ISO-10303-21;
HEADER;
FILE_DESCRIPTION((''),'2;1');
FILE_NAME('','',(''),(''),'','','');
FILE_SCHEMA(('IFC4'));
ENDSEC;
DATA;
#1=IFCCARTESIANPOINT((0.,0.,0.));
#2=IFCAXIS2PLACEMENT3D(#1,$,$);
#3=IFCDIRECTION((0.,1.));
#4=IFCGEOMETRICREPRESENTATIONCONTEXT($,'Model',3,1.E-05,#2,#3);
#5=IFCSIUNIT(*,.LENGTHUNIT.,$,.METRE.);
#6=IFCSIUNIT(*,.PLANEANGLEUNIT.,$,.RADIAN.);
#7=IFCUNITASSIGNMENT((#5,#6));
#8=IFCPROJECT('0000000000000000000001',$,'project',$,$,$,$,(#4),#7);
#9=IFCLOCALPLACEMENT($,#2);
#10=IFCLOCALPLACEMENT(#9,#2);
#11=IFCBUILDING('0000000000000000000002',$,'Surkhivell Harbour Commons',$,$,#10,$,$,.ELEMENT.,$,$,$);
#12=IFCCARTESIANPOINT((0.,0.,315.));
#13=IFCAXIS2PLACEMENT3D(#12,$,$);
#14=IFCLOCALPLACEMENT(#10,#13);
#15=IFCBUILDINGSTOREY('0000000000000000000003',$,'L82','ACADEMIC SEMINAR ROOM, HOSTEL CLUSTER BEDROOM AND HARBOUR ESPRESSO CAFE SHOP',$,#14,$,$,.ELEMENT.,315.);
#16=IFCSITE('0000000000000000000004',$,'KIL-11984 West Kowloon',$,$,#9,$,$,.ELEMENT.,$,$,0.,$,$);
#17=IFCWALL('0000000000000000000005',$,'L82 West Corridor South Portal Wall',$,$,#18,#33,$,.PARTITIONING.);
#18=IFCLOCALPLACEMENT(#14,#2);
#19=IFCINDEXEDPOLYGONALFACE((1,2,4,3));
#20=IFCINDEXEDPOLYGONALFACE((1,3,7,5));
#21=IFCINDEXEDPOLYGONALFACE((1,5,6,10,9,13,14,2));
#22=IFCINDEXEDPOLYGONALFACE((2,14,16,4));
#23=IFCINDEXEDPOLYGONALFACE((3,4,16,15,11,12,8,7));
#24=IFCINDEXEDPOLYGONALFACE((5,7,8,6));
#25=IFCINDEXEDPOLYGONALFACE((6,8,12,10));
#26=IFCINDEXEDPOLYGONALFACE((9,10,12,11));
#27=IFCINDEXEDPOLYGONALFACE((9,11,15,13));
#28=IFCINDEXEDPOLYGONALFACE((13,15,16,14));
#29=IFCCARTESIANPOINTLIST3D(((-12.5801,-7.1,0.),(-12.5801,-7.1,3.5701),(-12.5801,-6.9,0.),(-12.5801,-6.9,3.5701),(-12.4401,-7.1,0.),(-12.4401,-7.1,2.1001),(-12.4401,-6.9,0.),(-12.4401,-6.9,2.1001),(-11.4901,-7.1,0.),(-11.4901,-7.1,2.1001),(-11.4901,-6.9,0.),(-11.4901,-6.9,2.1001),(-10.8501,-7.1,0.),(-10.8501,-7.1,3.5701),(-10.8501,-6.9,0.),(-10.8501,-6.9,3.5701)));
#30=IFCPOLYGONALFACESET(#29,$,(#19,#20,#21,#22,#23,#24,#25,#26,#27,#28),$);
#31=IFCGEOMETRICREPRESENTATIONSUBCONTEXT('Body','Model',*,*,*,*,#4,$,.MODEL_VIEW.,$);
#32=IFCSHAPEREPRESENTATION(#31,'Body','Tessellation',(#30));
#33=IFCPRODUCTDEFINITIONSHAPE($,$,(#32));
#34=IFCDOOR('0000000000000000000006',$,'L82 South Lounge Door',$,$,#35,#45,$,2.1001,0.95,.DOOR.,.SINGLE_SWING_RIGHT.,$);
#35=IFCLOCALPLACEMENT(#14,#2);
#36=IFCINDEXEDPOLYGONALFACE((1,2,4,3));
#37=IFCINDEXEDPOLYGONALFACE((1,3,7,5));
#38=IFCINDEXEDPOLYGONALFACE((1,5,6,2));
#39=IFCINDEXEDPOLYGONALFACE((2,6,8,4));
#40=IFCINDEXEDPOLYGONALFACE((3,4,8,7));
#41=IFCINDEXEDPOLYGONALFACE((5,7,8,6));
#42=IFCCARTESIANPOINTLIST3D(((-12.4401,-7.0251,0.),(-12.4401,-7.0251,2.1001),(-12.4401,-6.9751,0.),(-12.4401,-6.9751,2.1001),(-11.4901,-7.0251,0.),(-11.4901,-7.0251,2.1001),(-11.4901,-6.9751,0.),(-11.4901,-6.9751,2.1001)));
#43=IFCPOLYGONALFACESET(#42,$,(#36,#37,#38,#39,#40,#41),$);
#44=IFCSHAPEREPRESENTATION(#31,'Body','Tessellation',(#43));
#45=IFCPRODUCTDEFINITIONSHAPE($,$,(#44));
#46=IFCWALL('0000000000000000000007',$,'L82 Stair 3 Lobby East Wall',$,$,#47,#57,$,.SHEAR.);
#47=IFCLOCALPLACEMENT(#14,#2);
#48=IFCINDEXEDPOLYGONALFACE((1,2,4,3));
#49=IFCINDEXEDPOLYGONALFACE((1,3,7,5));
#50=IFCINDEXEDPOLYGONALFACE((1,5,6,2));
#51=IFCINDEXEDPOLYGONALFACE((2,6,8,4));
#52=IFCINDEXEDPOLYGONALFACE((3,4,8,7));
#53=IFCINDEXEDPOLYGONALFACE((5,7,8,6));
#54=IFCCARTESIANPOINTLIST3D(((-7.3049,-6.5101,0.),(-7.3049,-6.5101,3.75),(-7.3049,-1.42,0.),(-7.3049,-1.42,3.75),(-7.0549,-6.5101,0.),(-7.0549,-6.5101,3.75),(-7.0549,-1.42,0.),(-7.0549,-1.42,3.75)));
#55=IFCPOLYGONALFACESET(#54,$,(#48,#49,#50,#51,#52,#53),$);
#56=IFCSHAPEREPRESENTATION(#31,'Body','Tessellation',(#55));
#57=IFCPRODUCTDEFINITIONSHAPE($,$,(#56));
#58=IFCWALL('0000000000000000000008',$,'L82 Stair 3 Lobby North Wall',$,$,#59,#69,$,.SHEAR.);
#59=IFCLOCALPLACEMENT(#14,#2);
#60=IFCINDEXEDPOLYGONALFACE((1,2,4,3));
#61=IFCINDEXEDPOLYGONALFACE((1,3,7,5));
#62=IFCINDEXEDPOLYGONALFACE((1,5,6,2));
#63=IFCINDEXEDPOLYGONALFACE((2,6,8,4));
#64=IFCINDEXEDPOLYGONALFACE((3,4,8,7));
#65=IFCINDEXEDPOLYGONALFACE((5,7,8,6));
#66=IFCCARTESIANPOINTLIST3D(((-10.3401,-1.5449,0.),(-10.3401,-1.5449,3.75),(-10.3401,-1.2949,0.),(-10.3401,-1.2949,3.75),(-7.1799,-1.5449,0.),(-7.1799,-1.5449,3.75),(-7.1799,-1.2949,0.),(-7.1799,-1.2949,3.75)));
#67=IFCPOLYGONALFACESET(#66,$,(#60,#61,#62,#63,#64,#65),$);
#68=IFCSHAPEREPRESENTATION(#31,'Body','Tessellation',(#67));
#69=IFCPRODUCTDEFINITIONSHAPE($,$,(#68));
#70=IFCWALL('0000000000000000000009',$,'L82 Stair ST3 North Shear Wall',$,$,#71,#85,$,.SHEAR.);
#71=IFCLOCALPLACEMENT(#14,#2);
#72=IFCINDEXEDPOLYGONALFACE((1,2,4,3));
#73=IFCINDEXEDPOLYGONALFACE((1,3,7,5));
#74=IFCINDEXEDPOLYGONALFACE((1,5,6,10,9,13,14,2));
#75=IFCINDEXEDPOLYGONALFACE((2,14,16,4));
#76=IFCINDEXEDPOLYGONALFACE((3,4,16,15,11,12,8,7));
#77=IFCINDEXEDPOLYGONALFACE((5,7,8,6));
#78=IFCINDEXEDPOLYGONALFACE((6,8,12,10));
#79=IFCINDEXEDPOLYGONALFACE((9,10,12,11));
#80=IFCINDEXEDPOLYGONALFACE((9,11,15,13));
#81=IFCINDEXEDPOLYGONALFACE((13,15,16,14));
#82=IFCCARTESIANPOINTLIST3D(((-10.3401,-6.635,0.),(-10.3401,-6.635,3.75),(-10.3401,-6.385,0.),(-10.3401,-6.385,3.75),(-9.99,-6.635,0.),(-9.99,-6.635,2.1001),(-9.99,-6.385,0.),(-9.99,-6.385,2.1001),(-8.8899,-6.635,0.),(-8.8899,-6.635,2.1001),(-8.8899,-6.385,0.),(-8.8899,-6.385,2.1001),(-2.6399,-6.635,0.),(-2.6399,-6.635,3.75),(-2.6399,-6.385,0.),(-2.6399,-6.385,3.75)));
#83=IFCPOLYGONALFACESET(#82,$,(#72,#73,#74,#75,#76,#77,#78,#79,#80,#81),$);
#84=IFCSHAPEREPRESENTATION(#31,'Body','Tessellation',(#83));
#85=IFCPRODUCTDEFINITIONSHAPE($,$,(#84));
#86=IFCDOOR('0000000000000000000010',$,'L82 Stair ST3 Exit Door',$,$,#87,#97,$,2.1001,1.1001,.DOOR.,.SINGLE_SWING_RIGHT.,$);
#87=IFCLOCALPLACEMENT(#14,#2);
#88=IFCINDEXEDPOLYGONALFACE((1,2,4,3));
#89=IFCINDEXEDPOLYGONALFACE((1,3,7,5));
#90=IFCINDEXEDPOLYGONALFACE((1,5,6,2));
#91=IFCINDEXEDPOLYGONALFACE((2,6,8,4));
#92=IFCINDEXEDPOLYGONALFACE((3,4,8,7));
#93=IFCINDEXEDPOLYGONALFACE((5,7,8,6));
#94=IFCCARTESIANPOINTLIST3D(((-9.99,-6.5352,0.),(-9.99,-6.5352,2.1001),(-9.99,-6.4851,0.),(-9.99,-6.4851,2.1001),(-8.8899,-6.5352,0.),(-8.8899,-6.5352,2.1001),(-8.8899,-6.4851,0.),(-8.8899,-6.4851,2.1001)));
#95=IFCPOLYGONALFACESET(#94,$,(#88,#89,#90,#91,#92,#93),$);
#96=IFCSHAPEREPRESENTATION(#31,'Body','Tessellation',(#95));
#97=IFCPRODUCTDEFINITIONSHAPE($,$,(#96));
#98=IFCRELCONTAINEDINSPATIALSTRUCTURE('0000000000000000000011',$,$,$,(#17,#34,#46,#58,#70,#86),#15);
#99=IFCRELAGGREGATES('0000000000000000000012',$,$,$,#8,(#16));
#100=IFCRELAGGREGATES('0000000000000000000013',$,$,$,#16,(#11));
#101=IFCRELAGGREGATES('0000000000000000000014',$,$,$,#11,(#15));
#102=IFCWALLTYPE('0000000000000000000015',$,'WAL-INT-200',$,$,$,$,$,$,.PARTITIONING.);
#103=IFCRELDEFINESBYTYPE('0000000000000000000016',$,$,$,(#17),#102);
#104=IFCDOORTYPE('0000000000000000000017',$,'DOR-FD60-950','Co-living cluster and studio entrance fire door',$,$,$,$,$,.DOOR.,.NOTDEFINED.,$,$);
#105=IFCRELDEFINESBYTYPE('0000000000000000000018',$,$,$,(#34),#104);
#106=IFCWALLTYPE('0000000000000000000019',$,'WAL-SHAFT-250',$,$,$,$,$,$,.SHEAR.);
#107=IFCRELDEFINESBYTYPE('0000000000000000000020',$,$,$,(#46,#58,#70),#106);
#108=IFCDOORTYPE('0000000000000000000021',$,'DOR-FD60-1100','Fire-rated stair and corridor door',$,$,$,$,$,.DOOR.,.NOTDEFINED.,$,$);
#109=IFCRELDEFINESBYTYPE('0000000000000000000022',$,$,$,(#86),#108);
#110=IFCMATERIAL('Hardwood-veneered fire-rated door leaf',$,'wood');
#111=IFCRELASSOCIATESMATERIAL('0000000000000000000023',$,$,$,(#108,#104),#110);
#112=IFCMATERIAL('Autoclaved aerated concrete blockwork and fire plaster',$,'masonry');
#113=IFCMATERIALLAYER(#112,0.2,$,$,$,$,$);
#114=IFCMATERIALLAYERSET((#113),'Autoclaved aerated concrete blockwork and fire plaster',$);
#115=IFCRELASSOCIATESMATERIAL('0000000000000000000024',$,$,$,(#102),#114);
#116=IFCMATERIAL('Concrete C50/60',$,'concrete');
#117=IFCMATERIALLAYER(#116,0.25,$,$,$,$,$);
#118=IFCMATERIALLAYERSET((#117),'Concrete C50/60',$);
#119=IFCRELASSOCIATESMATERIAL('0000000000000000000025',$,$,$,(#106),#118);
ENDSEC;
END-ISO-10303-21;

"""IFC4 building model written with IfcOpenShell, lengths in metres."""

from ifc_helpers import new_model, si_unit, direction, frame, frame_2d, origin, place, context, subcontext, project, spatial, rectangle, extrude, material, layer, layer_set, type_object, element, fill, save


model = new_model("IFC4")

# Units and contexts
model_context = context("Model", 3, precision=1e-05, world=origin(), true_north=direction((0.0, 1.0)))
body_context = subcontext(model_context, "Body", "Model", "MODEL_VIEW")
ifc_project = project(units=[si_unit("LENGTHUNIT", "METRE"), si_unit("PLANEANGLEUNIT", "RADIAN")], contexts=[model_context])

# Site, building, storey
site_placement = place(None, origin())
site = spatial("IfcSite", under=ifc_project, at=site_placement, Name="KIL-11984 West Kowloon", CompositionType="ELEMENT", RefElevation=0.0)
building_placement = place(site_placement, origin())
building = spatial("IfcBuilding", under=site, at=building_placement, Name="Surkhivell Harbour Commons", CompositionType="ELEMENT")
storey_placement = place(building_placement, frame((0.0, 0.0, 315.0)))
storey = spatial("IfcBuildingStorey", under=building, at=storey_placement, Name="L82", Description="ACADEMIC SEMINAR ROOM, HOSTEL CLUSTER BEDROOM AND HARBOUR ESPRESSO CAFE SHOP", CompositionType="ELEMENT", Elevation=315.0)

# Shared definitions
ifc_material_1 = material(Name="Concrete C50/60", Category="concrete")
ifc_material_2 = material(Name="Hardwood-veneered fire-rated door leaf", Category="wood")
door_type_1 = type_object("IfcDoorType", Name="DOR-FD60-1100", Description="Fire-rated stair and corridor door", OperationType="NOTDEFINED", PredefinedType="DOOR", material=ifc_material_2)

# Wall, opening, door
ifc_material_3 = material(Name="Autoclaved aerated concrete blockwork and fire plaster", Category="masonry")
ifc_layer_1 = layer(ifc_material_3, 0.2)
ifc_layer_set_1 = layer_set([ifc_layer_1], Name="Autoclaved aerated concrete blockwork and fire plaster")
wall_type_1 = type_object("IfcWallType", Name="WAL-INT-200", PredefinedType="PARTITIONING", material=ifc_layer_set_1)
wall_1_placement = place(storey_placement, frame((-12.5801, -7.0, 0.0), z_axis=(0.0, 0.0, 1.0), x_axis=(1.0, 0.0, 0.0)))
wall_1 = element("IfcWall", 1, at=wall_1_placement, inside=storey, type_object=wall_type_1, Name="L82 West Corridor South Portal Wall", PredefinedType="PARTITIONING", context=body_context, shape_type="SweptSolid", body=[
    extrude(rectangle(XDim=1.73, YDim=0.2, at=frame_2d((0.865, 0.0))), origin(), (0.0, 0.0, 1.0), 3.5701),
])
opening_1_placement = place(wall_1_placement, frame((0.1399, 0.0, 0.0)))
opening_1 = element("IfcOpeningElement", 2, at=opening_1_placement, cuts=wall_1, PredefinedType="OPENING", context=body_context, shape_type="SweptSolid", body=[
    extrude(rectangle(XDim=0.95, YDim=2.1001, at=frame_2d((0.4751, 1.05))), frame((0.0, 0.1099, 0.0), z_axis=(0.0, -1.0, 0.0), x_axis=(1.0, 0.0, 0.0)), (0.0, 0.0, 1.0), 0.22),
])
door_type_2 = type_object("IfcDoorType", Name="DOR-FD60-950", Description="Co-living cluster and studio entrance fire door", OperationType="NOTDEFINED", PredefinedType="DOOR", material=ifc_material_2)
door_1_placement = place(opening_1_placement, origin())
door_1 = element("IfcDoor", 3, at=door_1_placement, inside=storey, type_object=door_type_2, Name="L82 South Lounge Door", OperationType="SINGLE_SWING_RIGHT", OverallHeight=2.1001, OverallWidth=0.95, PredefinedType="DOOR", context=body_context, shape_type="SweptSolid", body=[
    extrude(rectangle(XDim=0.95, YDim=2.1001, at=frame_2d((0.4751, 1.05))), frame((0.0, 0.0249, 0.0), z_axis=(0.0, -1.0, 0.0), x_axis=(1.0, 0.0, 0.0)), (0.0, 0.0, 1.0), 0.05),
])
fill(opening_1, door_1)

# Walls
ifc_layer_2 = layer(ifc_material_1, 0.25)
ifc_layer_set_2 = layer_set([ifc_layer_2], Name="Concrete C50/60")
wall_type_2 = type_object("IfcWallType", Name="WAL-SHAFT-250", PredefinedType="SHEAR", material=ifc_layer_set_2)
wall_2_placement = place(storey_placement, frame((-7.1799, -6.51, 0.0), z_axis=(0.0, 0.0, 1.0), x_axis=(0.0, 1.0, 0.0)))
element("IfcWall", 4, at=wall_2_placement, inside=storey, type_object=wall_type_2, Name="L82 Stair 3 Lobby East Wall", PredefinedType="SHEAR", context=body_context, shape_type="SweptSolid", body=[
    extrude(rectangle(XDim=5.0901, YDim=0.25, at=frame_2d((2.5449, 0.0))), origin(), (0.0, 0.0, 1.0), 3.75),
])
wall_3_placement = place(storey_placement, frame((-10.3401, -1.4199, 0.0), z_axis=(0.0, 0.0, 1.0), x_axis=(1.0, 0.0, 0.0)))
element("IfcWall", 5, at=wall_3_placement, inside=storey, type_object=wall_type_2, Name="L82 Stair 3 Lobby North Wall", PredefinedType="SHEAR", context=body_context, shape_type="SweptSolid", body=[
    extrude(rectangle(XDim=3.1602, YDim=0.25, at=frame_2d((1.5801, 0.0))), origin(), (0.0, 0.0, 1.0), 3.75),
])

# Wall, opening, door
wall_4_placement = place(storey_placement, frame((-10.3401, -6.51, 0.0), z_axis=(0.0, 0.0, 1.0), x_axis=(1.0, 0.0, 0.0)))
wall_4 = element("IfcWall", 6, at=wall_4_placement, inside=storey, type_object=wall_type_2, Name="L82 Stair ST3 North Shear Wall", PredefinedType="SHEAR", context=body_context, shape_type="SweptSolid", body=[
    extrude(rectangle(XDim=7.7002, YDim=0.25, at=frame_2d((3.8501, 0.0))), origin(), (0.0, 0.0, 1.0), 3.75),
])
opening_2_placement = place(wall_4_placement, frame((0.3501, 0.0, 0.0)))
opening_2 = element("IfcOpeningElement", 7, at=opening_2_placement, cuts=wall_4, PredefinedType="OPENING", context=body_context, shape_type="SweptSolid", body=[
    extrude(rectangle(XDim=1.1001, YDim=2.1001, at=frame_2d((0.55, 1.05))), frame((0.0, 0.135, 0.0), z_axis=(0.0, -1.0, 0.0), x_axis=(1.0, 0.0, 0.0)), (0.0, 0.0, 1.0), 0.27),
])
door_2_placement = place(opening_2_placement, origin())
door_2 = element("IfcDoor", 8, at=door_2_placement, inside=storey, type_object=door_type_1, Name="L82 Stair ST3 Exit Door", OperationType="SINGLE_SWING_RIGHT", OverallHeight=2.1001, OverallWidth=1.1001, PredefinedType="DOOR", context=body_context, shape_type="SweptSolid", body=[
    extrude(rectangle(XDim=1.1001, YDim=2.1001, at=frame_2d((0.55, 1.05))), frame((0.0, 0.0249, 0.0), z_axis=(0.0, -1.0, 0.0), x_axis=(1.0, 0.0, 0.0)), (0.0, 0.0, 1.0), 0.05),
])
fill(opening_2, door_2)

save(model, "model.ifc")
